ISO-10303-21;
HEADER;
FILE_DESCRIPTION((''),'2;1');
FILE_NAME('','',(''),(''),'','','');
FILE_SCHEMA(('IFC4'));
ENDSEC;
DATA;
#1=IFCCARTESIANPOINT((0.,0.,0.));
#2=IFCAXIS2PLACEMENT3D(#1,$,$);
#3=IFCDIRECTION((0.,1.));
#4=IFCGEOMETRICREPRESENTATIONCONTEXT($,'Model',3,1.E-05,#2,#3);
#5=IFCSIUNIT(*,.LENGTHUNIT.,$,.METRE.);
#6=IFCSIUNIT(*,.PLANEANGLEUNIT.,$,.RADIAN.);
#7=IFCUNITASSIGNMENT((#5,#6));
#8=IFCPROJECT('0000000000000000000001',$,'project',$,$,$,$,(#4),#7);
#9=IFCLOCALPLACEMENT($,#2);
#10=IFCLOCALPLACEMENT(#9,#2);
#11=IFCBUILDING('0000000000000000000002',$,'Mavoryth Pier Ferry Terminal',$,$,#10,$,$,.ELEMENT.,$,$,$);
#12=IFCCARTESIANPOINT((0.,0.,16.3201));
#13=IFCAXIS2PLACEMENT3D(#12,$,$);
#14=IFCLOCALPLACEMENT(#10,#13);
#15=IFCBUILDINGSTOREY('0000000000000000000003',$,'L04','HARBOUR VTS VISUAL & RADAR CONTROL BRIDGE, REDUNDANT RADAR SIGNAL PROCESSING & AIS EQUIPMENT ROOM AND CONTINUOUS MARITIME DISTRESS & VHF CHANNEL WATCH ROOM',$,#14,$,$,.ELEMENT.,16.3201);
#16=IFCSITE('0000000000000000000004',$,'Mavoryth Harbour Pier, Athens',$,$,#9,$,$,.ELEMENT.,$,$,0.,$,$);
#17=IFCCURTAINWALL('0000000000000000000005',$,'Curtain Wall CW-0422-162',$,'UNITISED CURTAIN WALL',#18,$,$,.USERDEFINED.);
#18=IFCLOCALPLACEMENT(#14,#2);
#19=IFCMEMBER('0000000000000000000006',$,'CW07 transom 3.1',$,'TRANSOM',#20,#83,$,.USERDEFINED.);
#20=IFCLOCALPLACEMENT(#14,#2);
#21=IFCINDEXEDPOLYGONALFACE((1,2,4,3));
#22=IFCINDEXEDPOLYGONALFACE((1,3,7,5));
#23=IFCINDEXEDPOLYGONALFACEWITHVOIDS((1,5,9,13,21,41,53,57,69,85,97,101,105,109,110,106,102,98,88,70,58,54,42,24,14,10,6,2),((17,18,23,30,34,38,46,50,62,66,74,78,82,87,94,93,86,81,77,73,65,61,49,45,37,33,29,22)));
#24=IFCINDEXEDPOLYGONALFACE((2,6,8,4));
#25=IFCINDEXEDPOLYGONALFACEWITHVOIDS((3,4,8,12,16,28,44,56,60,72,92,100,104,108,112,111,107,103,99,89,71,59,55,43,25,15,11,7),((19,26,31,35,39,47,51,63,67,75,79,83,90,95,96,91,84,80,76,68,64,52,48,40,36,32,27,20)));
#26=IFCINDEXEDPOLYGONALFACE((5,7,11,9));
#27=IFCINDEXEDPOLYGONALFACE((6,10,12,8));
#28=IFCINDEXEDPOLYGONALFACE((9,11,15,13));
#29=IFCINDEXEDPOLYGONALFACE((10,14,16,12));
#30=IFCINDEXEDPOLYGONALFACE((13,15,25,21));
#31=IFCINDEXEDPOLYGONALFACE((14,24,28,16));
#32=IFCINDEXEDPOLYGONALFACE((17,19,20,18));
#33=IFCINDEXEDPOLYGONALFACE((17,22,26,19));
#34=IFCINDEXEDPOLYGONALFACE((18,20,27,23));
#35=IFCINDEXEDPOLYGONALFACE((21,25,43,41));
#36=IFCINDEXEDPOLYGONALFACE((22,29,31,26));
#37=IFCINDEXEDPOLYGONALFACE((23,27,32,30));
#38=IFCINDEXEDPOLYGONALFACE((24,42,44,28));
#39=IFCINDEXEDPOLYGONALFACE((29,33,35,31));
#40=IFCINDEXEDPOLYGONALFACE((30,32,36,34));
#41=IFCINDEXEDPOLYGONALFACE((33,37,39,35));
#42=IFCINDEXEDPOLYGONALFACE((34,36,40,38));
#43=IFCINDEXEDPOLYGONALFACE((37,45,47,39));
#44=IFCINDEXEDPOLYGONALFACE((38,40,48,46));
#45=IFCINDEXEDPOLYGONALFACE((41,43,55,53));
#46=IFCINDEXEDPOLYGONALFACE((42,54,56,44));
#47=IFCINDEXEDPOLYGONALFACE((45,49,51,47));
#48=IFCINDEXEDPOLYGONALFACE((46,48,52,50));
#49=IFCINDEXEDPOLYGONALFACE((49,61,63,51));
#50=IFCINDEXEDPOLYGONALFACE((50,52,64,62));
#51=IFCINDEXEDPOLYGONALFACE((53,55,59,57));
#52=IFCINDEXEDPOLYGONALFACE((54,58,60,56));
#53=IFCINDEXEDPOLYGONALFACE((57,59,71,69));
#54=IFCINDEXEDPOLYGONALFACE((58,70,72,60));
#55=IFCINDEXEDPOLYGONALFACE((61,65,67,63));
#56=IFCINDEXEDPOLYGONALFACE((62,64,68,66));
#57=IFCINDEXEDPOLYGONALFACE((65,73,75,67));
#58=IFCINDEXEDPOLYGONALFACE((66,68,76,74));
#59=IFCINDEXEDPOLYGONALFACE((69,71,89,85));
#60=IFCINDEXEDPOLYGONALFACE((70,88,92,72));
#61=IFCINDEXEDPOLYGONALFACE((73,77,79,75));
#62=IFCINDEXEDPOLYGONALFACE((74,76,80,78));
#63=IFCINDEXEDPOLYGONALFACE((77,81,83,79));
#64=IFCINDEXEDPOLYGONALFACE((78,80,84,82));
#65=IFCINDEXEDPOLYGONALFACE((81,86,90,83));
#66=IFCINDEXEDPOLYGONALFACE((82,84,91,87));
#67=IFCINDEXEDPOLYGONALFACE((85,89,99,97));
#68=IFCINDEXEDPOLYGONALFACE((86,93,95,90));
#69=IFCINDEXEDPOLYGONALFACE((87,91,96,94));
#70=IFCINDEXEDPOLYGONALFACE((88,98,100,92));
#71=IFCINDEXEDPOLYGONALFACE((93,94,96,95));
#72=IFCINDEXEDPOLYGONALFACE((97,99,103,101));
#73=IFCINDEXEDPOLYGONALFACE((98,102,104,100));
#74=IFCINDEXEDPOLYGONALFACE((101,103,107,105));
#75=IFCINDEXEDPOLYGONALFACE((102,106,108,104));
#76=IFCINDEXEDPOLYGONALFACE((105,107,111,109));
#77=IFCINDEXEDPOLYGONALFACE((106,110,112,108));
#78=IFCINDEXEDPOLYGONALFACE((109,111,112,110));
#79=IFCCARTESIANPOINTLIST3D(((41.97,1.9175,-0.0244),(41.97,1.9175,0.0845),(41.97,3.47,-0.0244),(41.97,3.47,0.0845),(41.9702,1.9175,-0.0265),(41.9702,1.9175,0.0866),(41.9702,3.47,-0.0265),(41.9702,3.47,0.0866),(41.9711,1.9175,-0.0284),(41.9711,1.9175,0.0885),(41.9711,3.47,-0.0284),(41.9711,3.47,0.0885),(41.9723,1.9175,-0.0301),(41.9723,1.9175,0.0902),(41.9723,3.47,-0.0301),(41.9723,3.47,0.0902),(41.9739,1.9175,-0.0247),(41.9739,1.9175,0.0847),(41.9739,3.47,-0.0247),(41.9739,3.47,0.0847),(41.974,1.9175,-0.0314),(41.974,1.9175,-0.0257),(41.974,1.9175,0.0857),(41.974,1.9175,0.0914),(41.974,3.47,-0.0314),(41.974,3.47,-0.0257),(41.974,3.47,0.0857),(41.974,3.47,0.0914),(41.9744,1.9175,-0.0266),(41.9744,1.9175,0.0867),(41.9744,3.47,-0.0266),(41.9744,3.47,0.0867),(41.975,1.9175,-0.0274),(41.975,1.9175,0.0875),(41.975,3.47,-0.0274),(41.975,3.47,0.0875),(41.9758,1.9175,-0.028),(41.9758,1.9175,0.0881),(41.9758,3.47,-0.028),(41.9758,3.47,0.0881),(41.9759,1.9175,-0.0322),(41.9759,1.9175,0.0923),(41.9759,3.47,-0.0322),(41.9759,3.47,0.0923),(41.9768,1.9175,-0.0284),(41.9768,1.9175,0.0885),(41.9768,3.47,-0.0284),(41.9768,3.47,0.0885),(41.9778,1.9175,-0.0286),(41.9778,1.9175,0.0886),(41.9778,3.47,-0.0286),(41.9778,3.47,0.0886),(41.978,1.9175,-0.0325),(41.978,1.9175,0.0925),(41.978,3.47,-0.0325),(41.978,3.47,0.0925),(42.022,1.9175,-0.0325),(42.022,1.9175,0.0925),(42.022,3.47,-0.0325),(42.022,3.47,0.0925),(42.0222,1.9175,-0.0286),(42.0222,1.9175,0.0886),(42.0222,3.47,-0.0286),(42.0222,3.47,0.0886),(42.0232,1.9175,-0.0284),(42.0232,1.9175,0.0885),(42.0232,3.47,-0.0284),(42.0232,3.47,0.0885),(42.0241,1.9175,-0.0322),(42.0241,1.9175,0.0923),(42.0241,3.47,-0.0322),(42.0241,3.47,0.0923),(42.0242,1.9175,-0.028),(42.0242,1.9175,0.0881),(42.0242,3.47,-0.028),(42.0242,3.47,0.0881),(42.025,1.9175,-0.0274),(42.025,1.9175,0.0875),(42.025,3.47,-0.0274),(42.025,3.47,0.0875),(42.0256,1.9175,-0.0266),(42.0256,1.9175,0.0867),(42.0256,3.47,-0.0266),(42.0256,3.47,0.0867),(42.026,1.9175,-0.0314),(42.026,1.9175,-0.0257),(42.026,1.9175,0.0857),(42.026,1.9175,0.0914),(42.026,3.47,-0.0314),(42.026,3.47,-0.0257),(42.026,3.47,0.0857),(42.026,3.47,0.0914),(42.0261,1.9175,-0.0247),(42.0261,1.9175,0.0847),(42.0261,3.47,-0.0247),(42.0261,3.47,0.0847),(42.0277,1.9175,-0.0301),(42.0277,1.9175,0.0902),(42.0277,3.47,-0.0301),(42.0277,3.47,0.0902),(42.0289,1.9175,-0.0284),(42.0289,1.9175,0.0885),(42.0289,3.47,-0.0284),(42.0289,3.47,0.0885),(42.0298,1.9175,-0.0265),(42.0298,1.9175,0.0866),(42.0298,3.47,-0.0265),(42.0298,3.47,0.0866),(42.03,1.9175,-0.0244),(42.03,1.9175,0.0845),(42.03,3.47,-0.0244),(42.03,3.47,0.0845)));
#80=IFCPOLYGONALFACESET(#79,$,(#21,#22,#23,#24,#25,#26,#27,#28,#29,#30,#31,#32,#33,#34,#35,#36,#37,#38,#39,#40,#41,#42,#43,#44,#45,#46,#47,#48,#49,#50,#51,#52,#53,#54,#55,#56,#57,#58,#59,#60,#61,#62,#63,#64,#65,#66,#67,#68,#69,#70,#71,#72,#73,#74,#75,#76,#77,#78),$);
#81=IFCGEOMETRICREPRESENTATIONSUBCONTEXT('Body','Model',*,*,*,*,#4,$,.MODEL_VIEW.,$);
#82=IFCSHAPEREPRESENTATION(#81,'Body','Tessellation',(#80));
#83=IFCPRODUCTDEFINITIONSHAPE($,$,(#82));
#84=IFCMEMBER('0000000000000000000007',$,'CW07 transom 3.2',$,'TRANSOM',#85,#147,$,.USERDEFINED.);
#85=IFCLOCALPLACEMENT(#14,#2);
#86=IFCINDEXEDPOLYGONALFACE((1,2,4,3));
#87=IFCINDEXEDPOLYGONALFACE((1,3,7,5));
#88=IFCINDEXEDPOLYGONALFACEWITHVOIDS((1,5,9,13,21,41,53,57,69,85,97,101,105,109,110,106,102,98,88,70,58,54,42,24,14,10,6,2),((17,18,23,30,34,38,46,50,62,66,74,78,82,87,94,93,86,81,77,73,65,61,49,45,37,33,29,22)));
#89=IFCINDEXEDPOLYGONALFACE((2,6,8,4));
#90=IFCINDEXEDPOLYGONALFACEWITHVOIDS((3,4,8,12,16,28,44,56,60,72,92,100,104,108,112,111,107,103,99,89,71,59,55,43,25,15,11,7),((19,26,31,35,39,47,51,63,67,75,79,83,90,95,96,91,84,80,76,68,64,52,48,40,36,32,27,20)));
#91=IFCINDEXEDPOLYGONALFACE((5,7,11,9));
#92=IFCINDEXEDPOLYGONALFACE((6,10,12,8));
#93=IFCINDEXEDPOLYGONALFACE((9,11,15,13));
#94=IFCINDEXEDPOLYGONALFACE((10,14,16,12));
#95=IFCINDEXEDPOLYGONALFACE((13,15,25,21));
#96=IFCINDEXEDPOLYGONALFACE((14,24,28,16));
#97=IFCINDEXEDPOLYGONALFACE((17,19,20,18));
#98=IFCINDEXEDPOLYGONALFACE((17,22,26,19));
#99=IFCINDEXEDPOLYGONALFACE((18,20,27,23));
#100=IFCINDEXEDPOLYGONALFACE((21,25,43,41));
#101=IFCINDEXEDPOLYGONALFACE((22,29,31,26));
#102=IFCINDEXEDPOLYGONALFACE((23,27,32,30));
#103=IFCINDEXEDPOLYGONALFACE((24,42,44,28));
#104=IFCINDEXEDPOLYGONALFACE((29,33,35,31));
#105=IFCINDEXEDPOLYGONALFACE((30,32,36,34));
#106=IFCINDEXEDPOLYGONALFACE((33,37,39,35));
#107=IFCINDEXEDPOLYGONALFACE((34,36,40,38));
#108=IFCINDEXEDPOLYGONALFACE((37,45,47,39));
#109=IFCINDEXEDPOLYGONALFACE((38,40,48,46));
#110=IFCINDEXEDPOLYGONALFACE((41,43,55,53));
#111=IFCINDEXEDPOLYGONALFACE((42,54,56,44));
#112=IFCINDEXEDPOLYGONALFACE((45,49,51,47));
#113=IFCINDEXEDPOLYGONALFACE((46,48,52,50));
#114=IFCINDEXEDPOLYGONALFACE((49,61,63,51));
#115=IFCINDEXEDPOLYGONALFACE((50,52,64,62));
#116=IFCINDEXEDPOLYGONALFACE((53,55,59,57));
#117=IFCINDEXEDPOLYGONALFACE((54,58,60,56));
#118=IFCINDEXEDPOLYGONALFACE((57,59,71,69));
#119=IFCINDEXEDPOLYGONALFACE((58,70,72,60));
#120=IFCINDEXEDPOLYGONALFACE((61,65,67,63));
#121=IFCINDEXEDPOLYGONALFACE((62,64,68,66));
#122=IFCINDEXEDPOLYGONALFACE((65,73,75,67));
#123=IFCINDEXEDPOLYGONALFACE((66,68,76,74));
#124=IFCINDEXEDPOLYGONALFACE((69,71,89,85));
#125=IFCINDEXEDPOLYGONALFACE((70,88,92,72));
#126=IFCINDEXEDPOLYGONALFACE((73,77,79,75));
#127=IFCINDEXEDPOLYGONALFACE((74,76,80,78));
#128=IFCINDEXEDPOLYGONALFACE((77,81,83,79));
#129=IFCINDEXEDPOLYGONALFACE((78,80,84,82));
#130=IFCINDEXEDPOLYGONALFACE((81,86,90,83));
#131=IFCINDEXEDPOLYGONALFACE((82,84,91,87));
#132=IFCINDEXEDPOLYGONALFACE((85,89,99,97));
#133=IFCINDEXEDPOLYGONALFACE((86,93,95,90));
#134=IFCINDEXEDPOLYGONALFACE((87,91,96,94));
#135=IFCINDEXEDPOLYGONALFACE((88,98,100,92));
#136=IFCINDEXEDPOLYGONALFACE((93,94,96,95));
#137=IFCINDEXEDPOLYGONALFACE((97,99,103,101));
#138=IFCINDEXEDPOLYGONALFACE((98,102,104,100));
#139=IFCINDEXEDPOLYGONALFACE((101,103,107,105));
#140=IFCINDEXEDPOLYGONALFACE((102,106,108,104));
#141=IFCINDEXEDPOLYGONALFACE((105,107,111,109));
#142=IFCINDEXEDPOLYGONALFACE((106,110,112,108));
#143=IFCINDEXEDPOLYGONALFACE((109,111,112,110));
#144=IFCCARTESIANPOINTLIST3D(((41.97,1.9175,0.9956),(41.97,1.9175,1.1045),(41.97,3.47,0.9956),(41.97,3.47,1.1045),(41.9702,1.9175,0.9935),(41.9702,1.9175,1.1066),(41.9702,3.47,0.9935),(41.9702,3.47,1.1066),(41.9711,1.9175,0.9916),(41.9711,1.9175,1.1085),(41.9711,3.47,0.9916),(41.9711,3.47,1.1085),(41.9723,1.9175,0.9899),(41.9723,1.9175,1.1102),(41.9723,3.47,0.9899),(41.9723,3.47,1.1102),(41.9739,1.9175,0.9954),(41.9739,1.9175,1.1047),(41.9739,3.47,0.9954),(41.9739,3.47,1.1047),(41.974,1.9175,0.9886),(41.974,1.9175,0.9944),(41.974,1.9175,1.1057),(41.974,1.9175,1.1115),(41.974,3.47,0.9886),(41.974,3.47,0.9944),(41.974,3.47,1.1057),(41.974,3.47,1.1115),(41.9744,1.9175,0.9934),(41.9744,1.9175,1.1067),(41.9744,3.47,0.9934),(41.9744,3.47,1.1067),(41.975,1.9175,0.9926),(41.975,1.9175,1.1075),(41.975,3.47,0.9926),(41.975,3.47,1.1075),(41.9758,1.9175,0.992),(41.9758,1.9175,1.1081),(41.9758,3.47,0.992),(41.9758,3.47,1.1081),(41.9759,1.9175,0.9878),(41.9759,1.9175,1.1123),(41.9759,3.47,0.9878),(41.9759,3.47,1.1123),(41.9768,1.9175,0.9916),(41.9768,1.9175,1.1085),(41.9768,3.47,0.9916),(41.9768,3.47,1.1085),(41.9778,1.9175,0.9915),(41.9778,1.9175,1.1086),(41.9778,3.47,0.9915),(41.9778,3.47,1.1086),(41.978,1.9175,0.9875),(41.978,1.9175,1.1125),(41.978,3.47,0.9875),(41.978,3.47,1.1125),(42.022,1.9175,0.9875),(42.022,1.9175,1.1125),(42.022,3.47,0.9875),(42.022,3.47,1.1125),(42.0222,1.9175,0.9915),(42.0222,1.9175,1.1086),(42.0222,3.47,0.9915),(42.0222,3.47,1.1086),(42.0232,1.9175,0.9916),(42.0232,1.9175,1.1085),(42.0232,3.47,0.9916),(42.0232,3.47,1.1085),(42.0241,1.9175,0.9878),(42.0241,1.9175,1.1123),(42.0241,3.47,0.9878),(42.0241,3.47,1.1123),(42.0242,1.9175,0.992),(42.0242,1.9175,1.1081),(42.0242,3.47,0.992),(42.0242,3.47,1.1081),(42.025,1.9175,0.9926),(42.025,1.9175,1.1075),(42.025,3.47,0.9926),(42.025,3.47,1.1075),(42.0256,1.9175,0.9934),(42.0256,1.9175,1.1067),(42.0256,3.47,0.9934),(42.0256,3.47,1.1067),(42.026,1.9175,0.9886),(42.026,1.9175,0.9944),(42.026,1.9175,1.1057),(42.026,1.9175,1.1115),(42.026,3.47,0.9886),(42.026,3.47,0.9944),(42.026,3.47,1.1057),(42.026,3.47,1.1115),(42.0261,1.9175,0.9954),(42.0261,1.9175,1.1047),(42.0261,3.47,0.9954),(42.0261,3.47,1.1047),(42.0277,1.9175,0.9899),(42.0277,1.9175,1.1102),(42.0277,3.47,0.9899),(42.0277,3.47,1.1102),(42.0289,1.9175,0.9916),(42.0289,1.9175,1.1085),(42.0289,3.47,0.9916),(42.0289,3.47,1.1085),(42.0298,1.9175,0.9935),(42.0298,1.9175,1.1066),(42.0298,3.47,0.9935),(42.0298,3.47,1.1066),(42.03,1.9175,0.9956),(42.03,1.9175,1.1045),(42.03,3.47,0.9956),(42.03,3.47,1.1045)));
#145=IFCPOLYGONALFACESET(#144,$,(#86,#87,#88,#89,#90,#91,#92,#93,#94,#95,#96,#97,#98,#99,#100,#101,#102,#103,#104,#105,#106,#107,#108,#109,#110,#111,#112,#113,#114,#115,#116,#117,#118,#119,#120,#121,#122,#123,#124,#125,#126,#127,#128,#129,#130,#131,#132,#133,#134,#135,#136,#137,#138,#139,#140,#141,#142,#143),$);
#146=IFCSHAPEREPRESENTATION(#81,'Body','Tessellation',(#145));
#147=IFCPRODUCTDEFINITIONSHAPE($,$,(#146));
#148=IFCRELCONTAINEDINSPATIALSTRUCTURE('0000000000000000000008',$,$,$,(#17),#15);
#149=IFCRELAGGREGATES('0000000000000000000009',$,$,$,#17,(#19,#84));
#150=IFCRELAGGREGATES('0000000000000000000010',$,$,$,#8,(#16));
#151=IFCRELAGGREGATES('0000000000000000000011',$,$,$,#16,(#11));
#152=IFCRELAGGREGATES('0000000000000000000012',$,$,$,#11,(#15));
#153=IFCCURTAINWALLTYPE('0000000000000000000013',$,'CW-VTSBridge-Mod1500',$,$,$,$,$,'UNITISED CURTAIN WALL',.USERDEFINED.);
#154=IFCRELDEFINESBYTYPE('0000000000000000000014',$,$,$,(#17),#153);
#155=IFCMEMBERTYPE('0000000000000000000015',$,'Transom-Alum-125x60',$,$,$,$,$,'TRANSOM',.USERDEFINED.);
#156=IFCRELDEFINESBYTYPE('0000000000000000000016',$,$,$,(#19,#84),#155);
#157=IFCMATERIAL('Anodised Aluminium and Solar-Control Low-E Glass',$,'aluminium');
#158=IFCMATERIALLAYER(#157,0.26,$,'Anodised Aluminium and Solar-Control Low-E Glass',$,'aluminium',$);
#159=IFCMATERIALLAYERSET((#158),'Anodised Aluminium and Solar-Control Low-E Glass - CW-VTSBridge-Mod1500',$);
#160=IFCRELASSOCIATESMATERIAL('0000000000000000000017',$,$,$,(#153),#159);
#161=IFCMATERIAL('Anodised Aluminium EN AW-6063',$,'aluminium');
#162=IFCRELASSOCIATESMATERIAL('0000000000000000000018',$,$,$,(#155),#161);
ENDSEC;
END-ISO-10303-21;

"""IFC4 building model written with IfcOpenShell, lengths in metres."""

from ifc_helpers import new_model, si_unit, direction, frame, origin, origin_2d, place, context, subcontext, project, spatial, hollow_rectangle, extrude, material, layer, layer_set, material_profile, profile_set, type_object, element, aggregate, save


model = new_model("IFC4")

# Units and contexts
model_context = context("Model", 3, precision=1e-05, world=origin(), true_north=direction((0.0, 1.0)))
body_context = subcontext(model_context, "Body", "Model", "MODEL_VIEW")
ifc_project = project(units=[si_unit("LENGTHUNIT", "METRE"), si_unit("PLANEANGLEUNIT", "RADIAN")], contexts=[model_context])

# Site, building, storey
site_placement = place(None, origin())
site = spatial("IfcSite", under=ifc_project, at=site_placement, Name="Mavoryth Harbour Pier, Athens", CompositionType="ELEMENT", RefElevation=0.0)
building_placement = place(site_placement, origin())
building = spatial("IfcBuilding", under=site, at=building_placement, Name="Mavoryth Pier Ferry Terminal", CompositionType="ELEMENT")
storey_placement = place(building_placement, frame((0.0, 0.0, 16.3201)))
storey = spatial("IfcBuildingStorey", under=building, at=storey_placement, Name="L04", Description="HARBOUR VTS VISUAL & RADAR CONTROL BRIDGE, REDUNDANT RADAR SIGNAL PROCESSING & AIS EQUIPMENT ROOM AND CONTINUOUS MARITIME DISTRESS & VHF CHANNEL WATCH ROOM", CompositionType="ELEMENT", Elevation=16.3201)

# Curtain wall, members
ifc_material_1 = material(Name="Anodised Aluminium and Solar-Control Low-E Glass", Category="aluminium")
ifc_layer_1 = layer(ifc_material_1, 0.26, Name="Anodised Aluminium and Solar-Control Low-E Glass", Category="aluminium")
ifc_layer_set_1 = layer_set([ifc_layer_1], Name="Anodised Aluminium and Solar-Control Low-E Glass - CW-VTSBridge-Mod1500")
curtain_wall_type = type_object("IfcCurtainWallType", Name="CW-VTSBridge-Mod1500", ElementType="UNITISED CURTAIN WALL", PredefinedType="USERDEFINED", material=ifc_layer_set_1)
ifc_material_2 = material(Name="Anodised Aluminium EN AW-6063", Category="aluminium")
curtain_wall_1_placement = place(storey_placement, origin())
curtain_wall_1 = element("IfcCurtainWall", 1, at=curtain_wall_1_placement, inside=storey, type_object=curtain_wall_type, Name="Curtain Wall CW-0422-162", ObjectType="UNITISED CURTAIN WALL", PredefinedType="USERDEFINED")
ifc_material_profile_1 = material_profile(ifc_material_2, hollow_rectangle(XDim=0.0601, YDim=0.125, WallThickness=0.0039, InnerFilletRadius=0.0039, OuterFilletRadius=0.0081, at=origin_2d()), Name="AL-TRAN 125x60x4", Category="aluminium")
ifc_profile_set_1 = profile_set([ifc_material_profile_1], Name="Anodised Aluminium EN AW-6063 - AL-TRAN 125x60x4")
member_type_1 = type_object("IfcMemberType", Name="Transom-Alum-125x60", ElementType="TRANSOM", PredefinedType="USERDEFINED", material=ifc_profile_set_1)
member_1_placement = place(storey_placement, frame((42.0, 3.47, 0.03), z_axis=(0.0, -1.0, 0.0), x_axis=(1.0, 0.0, 0.0)))
member_1 = element("IfcMember", 2, at=member_1_placement, type_object=member_type_1, Name="CW07 transom 3.1", ObjectType="TRANSOM", PredefinedType="USERDEFINED", context=body_context, shape_type="SweptSolid", body=[
    extrude(hollow_rectangle(XDim=0.0601, YDim=0.125, WallThickness=0.0039, InnerFilletRadius=0.0039, OuterFilletRadius=0.0081, at=origin_2d()), origin(), (0.0, 0.0, 1.0), 1.5525),
])
member_2_placement = place(storey_placement, frame((42.0, 3.47, 1.05), z_axis=(0.0, -1.0, 0.0), x_axis=(1.0, 0.0, 0.0)))
member_2 = element("IfcMember", 3, at=member_2_placement, type_object=member_type_1, Name="CW07 transom 3.2", ObjectType="TRANSOM", PredefinedType="USERDEFINED", context=body_context, shape_type="SweptSolid", body=[
    extrude(hollow_rectangle(XDim=0.0601, YDim=0.125, WallThickness=0.0039, InnerFilletRadius=0.0039, OuterFilletRadius=0.0081, at=origin_2d()), origin(), (0.0, 0.0, 1.0), 1.5525),
])

aggregate(curtain_wall_1, [member_1, member_2])

save(model, "model.ifc")
